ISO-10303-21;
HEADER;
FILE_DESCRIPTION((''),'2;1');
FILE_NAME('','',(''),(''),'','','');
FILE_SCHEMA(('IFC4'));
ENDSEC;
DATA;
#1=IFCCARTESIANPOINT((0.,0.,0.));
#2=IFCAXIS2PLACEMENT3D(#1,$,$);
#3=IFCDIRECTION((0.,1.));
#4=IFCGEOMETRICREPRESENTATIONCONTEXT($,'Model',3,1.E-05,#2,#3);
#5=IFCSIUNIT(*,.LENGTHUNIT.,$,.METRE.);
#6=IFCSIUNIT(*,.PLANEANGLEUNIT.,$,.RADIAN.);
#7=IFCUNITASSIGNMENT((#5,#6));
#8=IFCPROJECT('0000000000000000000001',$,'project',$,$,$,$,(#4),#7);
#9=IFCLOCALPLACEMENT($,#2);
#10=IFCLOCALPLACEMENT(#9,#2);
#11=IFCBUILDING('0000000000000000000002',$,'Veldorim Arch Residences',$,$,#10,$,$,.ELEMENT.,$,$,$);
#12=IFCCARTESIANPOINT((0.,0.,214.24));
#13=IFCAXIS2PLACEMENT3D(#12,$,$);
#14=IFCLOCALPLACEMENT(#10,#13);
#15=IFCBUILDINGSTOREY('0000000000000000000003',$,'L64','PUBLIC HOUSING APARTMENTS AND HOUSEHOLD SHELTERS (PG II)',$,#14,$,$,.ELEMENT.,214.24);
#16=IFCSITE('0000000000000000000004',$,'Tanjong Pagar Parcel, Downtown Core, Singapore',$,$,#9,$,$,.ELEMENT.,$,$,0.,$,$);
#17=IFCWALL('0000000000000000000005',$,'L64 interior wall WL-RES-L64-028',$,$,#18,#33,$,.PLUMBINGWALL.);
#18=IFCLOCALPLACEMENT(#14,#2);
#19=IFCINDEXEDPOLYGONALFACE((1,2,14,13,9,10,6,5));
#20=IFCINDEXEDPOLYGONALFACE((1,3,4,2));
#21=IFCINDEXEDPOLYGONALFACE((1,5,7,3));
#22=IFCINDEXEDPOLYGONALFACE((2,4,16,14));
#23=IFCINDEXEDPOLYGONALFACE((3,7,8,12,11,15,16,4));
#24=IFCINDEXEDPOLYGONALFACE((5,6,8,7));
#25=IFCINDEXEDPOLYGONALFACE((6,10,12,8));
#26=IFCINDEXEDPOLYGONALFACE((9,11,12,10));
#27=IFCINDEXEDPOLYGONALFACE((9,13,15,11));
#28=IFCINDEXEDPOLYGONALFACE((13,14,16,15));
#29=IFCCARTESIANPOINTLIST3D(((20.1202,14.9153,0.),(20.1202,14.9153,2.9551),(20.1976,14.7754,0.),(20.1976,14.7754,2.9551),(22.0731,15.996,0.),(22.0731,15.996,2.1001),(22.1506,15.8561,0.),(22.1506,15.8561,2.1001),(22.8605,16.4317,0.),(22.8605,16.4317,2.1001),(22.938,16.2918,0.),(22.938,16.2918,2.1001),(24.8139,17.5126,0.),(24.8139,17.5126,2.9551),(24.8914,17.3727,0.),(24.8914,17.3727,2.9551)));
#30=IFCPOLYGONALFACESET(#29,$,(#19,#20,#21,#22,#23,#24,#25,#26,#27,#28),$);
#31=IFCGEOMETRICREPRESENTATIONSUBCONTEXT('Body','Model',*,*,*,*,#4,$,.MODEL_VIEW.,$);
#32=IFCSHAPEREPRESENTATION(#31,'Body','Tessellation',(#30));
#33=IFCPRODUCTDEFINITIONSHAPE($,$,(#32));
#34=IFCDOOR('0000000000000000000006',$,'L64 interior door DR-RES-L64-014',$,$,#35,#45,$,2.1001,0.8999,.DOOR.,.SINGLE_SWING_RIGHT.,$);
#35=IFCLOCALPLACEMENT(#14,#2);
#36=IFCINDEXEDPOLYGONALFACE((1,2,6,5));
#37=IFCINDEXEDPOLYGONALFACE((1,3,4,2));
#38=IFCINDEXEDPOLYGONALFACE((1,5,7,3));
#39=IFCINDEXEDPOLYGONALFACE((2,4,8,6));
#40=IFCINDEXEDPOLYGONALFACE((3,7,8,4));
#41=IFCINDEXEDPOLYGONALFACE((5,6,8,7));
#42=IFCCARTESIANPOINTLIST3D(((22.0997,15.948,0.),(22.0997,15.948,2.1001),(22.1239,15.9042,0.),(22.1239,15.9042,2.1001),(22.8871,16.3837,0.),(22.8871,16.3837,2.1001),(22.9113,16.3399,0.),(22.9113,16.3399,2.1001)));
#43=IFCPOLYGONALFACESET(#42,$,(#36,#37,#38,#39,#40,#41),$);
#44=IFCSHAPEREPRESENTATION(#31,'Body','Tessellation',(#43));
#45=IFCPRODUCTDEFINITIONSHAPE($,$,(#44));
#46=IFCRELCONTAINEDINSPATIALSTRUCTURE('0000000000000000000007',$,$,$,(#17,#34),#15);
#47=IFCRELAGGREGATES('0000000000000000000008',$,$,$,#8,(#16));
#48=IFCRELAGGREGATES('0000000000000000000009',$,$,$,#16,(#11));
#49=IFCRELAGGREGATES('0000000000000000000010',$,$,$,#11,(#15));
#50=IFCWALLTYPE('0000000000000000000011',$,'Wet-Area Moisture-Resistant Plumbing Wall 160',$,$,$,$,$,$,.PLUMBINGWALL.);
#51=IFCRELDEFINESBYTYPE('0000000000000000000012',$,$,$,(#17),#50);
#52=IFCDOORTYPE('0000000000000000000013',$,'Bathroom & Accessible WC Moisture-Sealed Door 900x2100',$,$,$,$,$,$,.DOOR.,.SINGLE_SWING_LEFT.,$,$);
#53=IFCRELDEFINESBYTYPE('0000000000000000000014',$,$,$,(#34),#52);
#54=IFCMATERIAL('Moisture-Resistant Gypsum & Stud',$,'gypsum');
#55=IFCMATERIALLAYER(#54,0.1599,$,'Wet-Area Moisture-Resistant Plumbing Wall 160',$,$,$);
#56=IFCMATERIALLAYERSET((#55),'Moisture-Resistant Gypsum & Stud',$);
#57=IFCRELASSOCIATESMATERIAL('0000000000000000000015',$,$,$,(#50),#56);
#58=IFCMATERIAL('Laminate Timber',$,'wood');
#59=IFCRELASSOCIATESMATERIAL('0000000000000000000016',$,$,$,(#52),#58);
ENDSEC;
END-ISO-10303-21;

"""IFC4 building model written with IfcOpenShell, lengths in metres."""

from ifc_helpers import new_model, si_unit, direction, frame, frame_2d, origin, place, context, subcontext, project, spatial, rectangle, extrude, material, layer, layer_set, type_object, element, fill, save


model = new_model("IFC4")

# Units and contexts
model_context = context("Model", 3, precision=1e-05, world=origin(), true_north=direction((0.0, 1.0)))
body_context = subcontext(model_context, "Body", "Model", "MODEL_VIEW")
ifc_project = project(units=[si_unit("LENGTHUNIT", "METRE"), si_unit("PLANEANGLEUNIT", "RADIAN")], contexts=[model_context])

# Site, building, storey
site_placement = place(None, origin())
site = spatial("IfcSite", under=ifc_project, at=site_placement, Name="Tanjong Pagar Parcel, Downtown Core, Singapore", CompositionType="ELEMENT", RefElevation=0.0)
building_placement = place(site_placement, origin())
building = spatial("IfcBuilding", under=site, at=building_placement, Name="Veldorim Arch Residences", CompositionType="ELEMENT")
storey_placement = place(building_placement, frame((0.0, 0.0, 214.24)))
storey = spatial("IfcBuildingStorey", under=building, at=storey_placement, Name="L64", Description="PUBLIC HOUSING APARTMENTS AND HOUSEHOLD SHELTERS (PG II)", CompositionType="ELEMENT", Elevation=214.24)

# Shared definitions
ifc_material_1 = material(Name="Moisture-Resistant Gypsum & Stud", Category="gypsum")
ifc_layer_1 = layer(ifc_material_1, 0.1599, Name="Wet-Area Moisture-Resistant Plumbing Wall 160")
ifc_layer_set_1 = layer_set([ifc_layer_1], Name="Moisture-Resistant Gypsum & Stud")
wall_type_1 = type_object("IfcWallType", Name="Wet-Area Moisture-Resistant Plumbing Wall 160", PredefinedType="PLUMBINGWALL", material=ifc_layer_set_1)

# Wall, opening, door
wall_1_placement = place(storey_placement, frame((24.8525, 17.4426, 0.0), z_axis=(0.0, 0.0, 1.0), x_axis=(-0.87497, -0.484178, 0.0)))
wall_1 = element("IfcWall", 1, at=wall_1_placement, inside=storey, type_object=wall_type_1, Name="L64 interior wall WL-RES-L64-028", PredefinedType="PLUMBINGWALL", context=body_context, shape_type="SweptSolid", body=[
    extrude(rectangle(XDim=5.3645, YDim=0.1599, at=frame_2d((2.6821, 0.0))), origin(), (0.0, 0.0, 1.0), 2.9551),
])
opening_1_placement = place(wall_1_placement, frame((2.2324, 0.0, 0.0)))
opening_1 = element("IfcOpeningElement", 2, at=opening_1_placement, cuts=wall_1, PredefinedType="OPENING", context=body_context, shape_type="SweptSolid", body=[
    extrude(rectangle(XDim=0.8999, YDim=2.1001, at=frame_2d((0.45, 1.05))), frame((0.0, 0.0898, 0.0), z_axis=(0.0, -1.0, 0.0), x_axis=(1.0, 0.0, 0.0)), (0.0, 0.0, 1.0), 0.1799),
])
ifc_material_2 = material(Name="Laminate Timber", Category="wood")
door_type_1 = type_object("IfcDoorType", Name="Bathroom & Accessible WC Moisture-Sealed Door 900x2100", OperationType="SINGLE_SWING_LEFT", PredefinedType="DOOR", material=ifc_material_2)
door_1_placement = place(opening_1_placement, origin())
door_1 = element("IfcDoor", 3, at=door_1_placement, inside=storey, type_object=door_type_1, Name="L64 interior door DR-RES-L64-014", OperationType="SINGLE_SWING_RIGHT", OverallHeight=2.1001, OverallWidth=0.8999, PredefinedType="DOOR", context=body_context, shape_type="SweptSolid", body=[
    extrude(rectangle(XDim=0.8999, YDim=2.1001, at=frame_2d((0.45, 1.05))), frame((0.0, 0.0249, 0.0), z_axis=(0.0, -1.0, 0.0), x_axis=(1.0, 0.0, 0.0)), (0.0, 0.0, 1.0), 0.05),
])
fill(opening_1, door_1)

save(model, "model.ifc")
